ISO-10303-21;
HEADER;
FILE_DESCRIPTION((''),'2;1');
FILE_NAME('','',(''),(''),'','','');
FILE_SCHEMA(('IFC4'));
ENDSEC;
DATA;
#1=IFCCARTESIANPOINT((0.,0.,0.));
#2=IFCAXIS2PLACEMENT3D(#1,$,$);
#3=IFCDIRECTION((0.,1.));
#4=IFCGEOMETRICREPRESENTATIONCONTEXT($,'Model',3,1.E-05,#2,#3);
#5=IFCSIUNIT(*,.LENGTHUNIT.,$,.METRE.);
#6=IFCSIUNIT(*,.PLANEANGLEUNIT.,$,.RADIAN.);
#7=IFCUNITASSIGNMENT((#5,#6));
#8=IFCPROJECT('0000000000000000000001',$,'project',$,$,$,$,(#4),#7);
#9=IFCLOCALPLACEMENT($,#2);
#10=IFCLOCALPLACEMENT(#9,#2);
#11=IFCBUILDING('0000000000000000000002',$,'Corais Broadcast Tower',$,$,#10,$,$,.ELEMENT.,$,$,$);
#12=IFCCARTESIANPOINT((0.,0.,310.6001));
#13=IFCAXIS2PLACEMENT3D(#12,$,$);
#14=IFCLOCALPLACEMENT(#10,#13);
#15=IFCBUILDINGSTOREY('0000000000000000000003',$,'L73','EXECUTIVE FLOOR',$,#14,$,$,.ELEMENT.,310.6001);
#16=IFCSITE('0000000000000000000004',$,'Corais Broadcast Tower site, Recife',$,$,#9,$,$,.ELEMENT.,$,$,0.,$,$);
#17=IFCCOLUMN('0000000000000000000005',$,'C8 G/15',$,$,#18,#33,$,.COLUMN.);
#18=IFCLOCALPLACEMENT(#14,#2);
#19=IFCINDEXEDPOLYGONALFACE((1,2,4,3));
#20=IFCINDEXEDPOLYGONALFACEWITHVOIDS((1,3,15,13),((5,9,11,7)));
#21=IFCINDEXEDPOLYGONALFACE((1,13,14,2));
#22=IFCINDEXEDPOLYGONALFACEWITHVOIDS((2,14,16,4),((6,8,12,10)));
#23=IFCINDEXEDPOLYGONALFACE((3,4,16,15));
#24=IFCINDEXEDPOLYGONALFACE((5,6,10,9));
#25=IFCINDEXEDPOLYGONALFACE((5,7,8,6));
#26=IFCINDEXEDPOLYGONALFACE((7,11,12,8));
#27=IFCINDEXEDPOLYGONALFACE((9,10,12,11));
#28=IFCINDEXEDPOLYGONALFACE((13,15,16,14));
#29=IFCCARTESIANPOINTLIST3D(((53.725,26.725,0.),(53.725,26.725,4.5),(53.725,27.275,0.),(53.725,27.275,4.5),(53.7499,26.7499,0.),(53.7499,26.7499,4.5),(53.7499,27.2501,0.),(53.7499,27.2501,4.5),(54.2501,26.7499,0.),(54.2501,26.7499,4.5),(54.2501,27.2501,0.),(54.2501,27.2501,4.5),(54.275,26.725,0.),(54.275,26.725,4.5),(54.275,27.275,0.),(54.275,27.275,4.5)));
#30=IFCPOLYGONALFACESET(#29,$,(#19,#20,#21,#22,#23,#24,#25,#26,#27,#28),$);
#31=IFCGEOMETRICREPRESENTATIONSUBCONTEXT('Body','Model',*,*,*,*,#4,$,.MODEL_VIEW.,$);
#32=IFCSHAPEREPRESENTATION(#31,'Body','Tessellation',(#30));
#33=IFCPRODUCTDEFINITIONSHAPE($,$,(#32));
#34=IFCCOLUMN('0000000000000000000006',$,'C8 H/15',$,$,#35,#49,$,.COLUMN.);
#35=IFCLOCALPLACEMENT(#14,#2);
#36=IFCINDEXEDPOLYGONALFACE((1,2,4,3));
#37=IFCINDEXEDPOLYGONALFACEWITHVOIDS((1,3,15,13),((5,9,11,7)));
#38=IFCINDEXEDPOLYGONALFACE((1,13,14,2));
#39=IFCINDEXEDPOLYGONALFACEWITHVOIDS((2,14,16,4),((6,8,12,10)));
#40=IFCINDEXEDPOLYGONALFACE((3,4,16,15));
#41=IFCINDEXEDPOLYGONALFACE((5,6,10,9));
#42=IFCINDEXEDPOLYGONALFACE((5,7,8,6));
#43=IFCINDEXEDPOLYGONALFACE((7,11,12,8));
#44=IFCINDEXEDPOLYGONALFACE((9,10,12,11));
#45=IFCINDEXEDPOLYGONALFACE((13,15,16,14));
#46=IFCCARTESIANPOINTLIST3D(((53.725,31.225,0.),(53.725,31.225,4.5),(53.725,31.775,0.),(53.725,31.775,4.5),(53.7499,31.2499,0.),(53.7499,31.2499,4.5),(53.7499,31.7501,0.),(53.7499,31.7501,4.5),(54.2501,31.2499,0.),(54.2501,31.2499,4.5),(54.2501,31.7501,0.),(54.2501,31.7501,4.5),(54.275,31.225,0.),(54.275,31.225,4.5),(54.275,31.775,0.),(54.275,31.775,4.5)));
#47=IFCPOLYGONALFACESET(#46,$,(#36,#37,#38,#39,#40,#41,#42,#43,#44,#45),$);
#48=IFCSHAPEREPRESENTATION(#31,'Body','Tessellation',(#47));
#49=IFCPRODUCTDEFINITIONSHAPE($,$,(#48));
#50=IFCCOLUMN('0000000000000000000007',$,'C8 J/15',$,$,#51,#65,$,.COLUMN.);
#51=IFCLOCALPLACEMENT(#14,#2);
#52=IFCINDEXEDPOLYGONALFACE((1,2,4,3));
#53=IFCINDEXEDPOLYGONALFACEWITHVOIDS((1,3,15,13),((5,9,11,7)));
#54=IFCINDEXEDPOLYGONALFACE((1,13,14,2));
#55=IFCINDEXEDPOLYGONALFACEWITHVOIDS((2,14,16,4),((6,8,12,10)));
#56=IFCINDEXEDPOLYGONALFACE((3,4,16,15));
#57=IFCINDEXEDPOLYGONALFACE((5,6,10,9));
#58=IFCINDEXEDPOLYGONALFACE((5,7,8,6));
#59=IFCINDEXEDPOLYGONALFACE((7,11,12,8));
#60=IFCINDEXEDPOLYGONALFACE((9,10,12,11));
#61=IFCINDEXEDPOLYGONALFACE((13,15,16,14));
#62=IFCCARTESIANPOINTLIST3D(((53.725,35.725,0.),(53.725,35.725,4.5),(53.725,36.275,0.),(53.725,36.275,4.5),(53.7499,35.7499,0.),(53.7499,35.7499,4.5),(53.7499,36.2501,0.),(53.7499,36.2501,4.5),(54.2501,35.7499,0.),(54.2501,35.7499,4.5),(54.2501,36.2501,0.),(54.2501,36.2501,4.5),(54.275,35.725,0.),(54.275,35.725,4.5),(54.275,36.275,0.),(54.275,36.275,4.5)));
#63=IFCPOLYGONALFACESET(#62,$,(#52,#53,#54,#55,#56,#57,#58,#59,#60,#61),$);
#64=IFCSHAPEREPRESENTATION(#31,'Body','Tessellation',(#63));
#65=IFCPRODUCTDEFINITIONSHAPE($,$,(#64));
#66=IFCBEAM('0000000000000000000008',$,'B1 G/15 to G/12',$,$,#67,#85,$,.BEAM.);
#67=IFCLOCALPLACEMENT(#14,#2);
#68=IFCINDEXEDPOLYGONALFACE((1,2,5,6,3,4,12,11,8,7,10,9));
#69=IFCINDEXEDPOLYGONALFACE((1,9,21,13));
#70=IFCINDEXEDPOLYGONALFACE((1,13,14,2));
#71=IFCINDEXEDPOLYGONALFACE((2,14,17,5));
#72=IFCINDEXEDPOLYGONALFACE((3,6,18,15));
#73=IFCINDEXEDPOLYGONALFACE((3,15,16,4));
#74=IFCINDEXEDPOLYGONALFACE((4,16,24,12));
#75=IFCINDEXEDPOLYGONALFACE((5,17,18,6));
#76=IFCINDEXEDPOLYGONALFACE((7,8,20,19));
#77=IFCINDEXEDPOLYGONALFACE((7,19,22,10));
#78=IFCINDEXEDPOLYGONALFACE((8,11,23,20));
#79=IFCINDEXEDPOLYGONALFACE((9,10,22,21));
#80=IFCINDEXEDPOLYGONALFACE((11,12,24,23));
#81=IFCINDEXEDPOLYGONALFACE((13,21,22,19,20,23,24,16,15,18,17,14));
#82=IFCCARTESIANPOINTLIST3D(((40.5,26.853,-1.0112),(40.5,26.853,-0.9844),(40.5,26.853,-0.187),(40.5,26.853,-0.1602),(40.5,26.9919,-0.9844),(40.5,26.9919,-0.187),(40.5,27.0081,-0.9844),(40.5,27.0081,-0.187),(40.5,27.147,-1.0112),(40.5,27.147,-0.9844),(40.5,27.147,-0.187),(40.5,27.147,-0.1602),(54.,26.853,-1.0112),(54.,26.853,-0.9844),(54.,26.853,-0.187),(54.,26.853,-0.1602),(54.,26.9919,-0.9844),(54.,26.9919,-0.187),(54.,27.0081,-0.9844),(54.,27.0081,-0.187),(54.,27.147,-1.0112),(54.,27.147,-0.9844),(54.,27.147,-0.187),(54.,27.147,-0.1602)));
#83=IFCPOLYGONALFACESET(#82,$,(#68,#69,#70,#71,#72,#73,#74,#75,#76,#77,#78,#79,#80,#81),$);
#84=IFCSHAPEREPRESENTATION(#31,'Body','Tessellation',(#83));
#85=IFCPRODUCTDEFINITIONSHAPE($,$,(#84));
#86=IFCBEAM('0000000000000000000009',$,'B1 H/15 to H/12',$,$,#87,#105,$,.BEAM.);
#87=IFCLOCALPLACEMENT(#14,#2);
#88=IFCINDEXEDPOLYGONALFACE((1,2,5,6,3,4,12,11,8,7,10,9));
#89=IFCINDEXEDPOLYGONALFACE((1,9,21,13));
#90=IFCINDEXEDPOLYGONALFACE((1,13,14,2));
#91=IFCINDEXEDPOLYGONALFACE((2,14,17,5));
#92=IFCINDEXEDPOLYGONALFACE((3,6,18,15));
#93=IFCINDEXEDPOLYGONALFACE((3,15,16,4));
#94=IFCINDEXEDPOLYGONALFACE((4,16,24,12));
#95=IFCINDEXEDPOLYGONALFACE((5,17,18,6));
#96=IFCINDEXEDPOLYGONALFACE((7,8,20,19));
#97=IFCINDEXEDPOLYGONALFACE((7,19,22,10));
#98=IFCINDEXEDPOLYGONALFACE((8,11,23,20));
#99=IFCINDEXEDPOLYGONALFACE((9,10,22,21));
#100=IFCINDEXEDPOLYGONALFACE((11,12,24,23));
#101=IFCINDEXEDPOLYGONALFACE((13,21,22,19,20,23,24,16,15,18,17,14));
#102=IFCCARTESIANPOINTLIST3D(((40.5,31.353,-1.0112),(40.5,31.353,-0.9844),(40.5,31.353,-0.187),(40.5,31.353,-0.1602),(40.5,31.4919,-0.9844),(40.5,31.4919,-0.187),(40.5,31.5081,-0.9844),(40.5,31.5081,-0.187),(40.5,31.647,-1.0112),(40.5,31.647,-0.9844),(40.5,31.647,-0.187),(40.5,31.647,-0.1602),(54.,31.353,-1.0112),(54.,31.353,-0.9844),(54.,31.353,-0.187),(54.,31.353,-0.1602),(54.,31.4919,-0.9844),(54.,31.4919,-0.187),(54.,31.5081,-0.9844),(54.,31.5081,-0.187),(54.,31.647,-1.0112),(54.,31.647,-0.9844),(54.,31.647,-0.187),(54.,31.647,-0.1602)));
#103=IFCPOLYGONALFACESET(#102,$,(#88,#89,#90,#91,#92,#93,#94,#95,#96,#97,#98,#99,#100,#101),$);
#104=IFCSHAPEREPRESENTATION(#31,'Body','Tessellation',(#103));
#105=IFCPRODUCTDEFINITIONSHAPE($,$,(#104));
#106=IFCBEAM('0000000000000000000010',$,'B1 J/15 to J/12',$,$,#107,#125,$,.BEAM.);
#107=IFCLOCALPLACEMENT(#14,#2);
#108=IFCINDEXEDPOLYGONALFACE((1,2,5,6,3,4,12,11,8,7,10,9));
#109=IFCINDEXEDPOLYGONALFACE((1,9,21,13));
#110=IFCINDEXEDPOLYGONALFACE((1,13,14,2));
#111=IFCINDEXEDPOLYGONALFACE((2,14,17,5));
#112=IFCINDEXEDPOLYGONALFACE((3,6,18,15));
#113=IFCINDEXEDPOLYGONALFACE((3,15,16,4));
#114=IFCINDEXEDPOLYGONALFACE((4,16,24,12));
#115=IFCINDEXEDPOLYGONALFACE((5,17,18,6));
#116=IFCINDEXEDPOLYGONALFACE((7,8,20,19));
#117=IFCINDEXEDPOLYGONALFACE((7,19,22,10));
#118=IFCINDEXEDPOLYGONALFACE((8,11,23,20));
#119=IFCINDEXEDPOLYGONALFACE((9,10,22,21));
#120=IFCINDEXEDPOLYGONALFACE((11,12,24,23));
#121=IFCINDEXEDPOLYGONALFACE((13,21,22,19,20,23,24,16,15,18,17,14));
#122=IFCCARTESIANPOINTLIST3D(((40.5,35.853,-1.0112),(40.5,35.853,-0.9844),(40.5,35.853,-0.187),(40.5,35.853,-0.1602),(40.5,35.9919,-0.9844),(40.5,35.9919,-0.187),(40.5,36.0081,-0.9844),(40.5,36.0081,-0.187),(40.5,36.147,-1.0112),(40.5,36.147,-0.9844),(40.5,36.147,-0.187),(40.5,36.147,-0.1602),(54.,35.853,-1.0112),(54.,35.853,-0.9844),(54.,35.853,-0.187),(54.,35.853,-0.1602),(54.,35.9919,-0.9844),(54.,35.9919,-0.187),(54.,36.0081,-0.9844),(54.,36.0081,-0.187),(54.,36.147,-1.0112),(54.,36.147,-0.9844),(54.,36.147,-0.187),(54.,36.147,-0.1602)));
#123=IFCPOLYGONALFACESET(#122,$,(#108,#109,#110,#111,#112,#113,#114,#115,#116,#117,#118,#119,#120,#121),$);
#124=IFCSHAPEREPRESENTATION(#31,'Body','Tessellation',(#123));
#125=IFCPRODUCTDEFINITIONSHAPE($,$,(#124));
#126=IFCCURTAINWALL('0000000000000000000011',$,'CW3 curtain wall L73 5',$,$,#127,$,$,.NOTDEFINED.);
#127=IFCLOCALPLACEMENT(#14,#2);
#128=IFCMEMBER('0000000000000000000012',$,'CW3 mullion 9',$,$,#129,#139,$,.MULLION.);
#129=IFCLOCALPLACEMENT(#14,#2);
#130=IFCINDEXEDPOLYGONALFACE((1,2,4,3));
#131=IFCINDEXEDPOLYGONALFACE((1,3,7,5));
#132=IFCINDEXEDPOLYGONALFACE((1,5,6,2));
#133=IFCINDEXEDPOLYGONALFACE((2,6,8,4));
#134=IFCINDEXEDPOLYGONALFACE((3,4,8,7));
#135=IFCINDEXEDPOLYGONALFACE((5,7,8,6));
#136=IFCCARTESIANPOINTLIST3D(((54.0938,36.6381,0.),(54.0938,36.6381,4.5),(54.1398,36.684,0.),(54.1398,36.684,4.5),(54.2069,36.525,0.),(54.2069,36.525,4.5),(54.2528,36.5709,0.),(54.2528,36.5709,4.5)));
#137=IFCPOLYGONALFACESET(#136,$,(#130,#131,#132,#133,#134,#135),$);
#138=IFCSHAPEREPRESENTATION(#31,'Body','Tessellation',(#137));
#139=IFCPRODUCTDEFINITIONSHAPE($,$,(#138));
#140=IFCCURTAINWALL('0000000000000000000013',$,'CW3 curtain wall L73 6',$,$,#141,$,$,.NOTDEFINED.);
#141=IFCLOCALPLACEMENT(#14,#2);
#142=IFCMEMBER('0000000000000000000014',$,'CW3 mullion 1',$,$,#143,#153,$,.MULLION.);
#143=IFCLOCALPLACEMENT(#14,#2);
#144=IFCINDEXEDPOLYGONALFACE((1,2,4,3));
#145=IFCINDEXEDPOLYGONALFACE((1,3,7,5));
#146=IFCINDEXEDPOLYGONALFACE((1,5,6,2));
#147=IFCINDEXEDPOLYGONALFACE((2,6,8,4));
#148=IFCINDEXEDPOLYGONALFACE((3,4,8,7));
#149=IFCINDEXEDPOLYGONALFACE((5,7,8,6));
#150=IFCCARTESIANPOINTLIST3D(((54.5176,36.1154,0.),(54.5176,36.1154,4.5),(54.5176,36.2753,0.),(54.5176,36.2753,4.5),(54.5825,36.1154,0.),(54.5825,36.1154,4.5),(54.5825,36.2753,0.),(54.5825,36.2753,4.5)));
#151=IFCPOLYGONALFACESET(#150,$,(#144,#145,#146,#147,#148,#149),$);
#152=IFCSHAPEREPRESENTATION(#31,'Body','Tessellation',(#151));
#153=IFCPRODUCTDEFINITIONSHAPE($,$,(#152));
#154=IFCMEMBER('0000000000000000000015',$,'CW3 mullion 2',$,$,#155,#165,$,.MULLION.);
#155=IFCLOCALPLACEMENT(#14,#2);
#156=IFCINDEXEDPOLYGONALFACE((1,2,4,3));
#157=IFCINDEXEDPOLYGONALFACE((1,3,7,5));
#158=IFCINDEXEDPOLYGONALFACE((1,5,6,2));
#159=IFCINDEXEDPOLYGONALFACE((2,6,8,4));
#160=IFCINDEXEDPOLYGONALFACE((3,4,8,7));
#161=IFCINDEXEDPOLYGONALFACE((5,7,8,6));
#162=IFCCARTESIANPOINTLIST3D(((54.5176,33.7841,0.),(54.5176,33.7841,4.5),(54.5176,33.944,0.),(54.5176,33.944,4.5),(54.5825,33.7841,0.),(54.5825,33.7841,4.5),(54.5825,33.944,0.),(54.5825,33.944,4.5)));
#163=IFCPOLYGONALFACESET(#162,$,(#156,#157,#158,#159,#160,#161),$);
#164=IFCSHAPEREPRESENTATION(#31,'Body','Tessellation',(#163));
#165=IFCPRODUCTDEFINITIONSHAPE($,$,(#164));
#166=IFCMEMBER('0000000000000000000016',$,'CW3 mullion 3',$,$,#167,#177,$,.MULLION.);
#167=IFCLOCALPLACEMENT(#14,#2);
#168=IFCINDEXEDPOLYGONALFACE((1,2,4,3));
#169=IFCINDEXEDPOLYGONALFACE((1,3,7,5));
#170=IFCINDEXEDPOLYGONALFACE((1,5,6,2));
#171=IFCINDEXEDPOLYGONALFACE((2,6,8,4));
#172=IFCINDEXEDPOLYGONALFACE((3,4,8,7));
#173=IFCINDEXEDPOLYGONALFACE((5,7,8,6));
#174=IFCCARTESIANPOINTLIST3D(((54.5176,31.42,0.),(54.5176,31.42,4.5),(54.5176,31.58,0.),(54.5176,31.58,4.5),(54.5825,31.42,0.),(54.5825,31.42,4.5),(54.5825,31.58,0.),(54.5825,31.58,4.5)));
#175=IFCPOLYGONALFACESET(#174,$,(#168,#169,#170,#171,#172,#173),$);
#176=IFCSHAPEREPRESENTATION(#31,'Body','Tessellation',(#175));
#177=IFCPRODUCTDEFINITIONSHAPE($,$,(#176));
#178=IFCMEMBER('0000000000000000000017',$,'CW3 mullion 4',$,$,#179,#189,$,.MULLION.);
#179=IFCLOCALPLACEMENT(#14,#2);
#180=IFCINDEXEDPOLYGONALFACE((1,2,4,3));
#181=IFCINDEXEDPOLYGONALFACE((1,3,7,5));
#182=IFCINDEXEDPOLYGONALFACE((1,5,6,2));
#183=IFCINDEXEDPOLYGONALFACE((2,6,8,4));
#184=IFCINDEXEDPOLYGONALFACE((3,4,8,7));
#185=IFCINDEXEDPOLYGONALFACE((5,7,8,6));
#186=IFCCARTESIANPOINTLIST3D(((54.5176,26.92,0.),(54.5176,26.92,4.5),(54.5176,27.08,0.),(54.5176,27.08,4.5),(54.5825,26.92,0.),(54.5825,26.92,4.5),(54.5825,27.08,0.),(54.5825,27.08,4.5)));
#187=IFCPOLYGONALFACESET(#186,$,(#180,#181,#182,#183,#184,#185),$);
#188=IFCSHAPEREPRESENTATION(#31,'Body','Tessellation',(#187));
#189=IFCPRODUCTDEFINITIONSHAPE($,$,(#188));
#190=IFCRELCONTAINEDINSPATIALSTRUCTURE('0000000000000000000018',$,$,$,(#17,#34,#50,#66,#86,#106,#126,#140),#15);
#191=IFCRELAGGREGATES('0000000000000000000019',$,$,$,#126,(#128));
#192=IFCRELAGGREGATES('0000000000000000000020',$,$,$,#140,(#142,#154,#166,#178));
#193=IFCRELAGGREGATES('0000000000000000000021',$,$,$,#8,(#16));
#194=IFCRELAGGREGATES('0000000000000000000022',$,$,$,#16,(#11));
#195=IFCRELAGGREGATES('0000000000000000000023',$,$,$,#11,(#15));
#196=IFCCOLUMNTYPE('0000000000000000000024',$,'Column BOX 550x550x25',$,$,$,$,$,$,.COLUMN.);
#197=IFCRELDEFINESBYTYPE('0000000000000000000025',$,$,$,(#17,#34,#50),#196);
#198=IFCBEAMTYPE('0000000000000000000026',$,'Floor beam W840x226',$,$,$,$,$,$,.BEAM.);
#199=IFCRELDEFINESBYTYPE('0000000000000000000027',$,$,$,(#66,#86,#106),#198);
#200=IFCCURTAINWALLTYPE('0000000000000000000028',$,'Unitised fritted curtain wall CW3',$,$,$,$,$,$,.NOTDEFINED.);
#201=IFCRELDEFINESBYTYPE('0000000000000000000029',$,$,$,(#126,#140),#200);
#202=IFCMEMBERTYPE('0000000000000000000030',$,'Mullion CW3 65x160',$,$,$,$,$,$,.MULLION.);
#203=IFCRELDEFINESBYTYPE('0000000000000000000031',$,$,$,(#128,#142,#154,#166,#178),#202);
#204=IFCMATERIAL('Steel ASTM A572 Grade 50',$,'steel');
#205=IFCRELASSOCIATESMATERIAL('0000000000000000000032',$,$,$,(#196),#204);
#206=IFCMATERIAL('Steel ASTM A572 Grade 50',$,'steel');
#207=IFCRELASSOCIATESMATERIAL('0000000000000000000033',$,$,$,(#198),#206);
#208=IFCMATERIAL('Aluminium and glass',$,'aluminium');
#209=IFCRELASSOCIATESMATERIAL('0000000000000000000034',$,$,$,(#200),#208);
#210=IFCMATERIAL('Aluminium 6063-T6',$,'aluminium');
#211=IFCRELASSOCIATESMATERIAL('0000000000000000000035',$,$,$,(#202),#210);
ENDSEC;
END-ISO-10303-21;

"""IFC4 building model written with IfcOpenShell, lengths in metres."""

from ifc_helpers import new_model, si_unit, direction, frame, origin, origin_2d, place, context, subcontext, project, spatial, rectangle, hollow_rectangle, i_section, extrude, material, material_profile, profile_set, type_object, element, aggregate, save


model = new_model("IFC4")

# Units and contexts
model_context = context("Model", 3, precision=1e-05, world=origin(), true_north=direction((0.0, 1.0)))
body_context = subcontext(model_context, "Body", "Model", "MODEL_VIEW")
ifc_project = project(units=[si_unit("LENGTHUNIT", "METRE"), si_unit("PLANEANGLEUNIT", "RADIAN")], contexts=[model_context])

# Site, building, storey
site_placement = place(None, origin())
site = spatial("IfcSite", under=ifc_project, at=site_placement, Name="Corais Broadcast Tower site, Recife", CompositionType="ELEMENT", RefElevation=0.0)
building_placement = place(site_placement, origin())
building = spatial("IfcBuilding", under=site, at=building_placement, Name="Corais Broadcast Tower", CompositionType="ELEMENT")
storey_placement = place(building_placement, frame((0.0, 0.0, 310.6001)))
storey = spatial("IfcBuildingStorey", under=building, at=storey_placement, Name="L73", Description="EXECUTIVE FLOOR", CompositionType="ELEMENT", Elevation=310.6001)

# Columns
ifc_material_1 = material(Name="Steel ASTM A572 Grade 50", Category="steel")
ifc_material_profile_1 = material_profile(ifc_material_1, hollow_rectangle(XDim=0.55, YDim=0.55, WallThickness=0.0249, at=origin_2d()), Name="BOX 550x550x25")
ifc_profile_set_1 = profile_set([ifc_material_profile_1], Name="Steel ASTM A572 Grade 50")
column_type = type_object("IfcColumnType", Name="Column BOX 550x550x25", PredefinedType="COLUMN", material=ifc_profile_set_1)
for number, where, z_axis, x_axis, name in (
    (1, (54.0, 27.0, 0.0), (0.0, 0.0, 1.0), (1.0, 0.0, 0.0), "C8 G/15"),
    (2, (54.0, 31.5, 0.0), (0.0, 0.0, 1.0), (1.0, 0.0, 0.0), "C8 H/15"),
    (3, (54.0, 36.0, 0.0), (0.0, 0.0, 1.0), (1.0, 0.0, 0.0), "C8 J/15"),
):
    element("IfcColumn", number, at=place(storey_placement, frame(where, z_axis=z_axis, x_axis=x_axis)), inside=storey, type_object=column_type, Name=name, PredefinedType="COLUMN", context=body_context, shape_type="SweptSolid", body=[
        extrude(hollow_rectangle(XDim=0.55, YDim=0.55, WallThickness=0.0249, at=origin_2d()), origin(), (0.0, 0.0, 1.0), 4.5),
    ])

# Beams
ifc_material_2 = material(Name="Steel ASTM A572 Grade 50", Category="steel")
ifc_material_profile_2 = material_profile(ifc_material_2, i_section(OverallWidth=0.2939, OverallDepth=0.8511, WebThickness=0.0161, FlangeThickness=0.0269, at=origin_2d()), Name="W840x226")
ifc_profile_set_2 = profile_set([ifc_material_profile_2], Name="Steel ASTM A572 Grade 50")
beam_type_1 = type_object("IfcBeamType", Name="Floor beam W840x226", PredefinedType="BEAM", material=ifc_profile_set_2)
for number, where, z_axis, x_axis, name in (
    (4, (54.0, 27.0, -0.5857), (-1.0, 0.0, 0.0), (0.0, -1.0, 0.0), "B1 G/15 to G/12"),
    (5, (54.0, 31.5, -0.5857), (-1.0, 0.0, 0.0), (0.0, -1.0, 0.0), "B1 H/15 to H/12"),
    (6, (54.0, 36.0, -0.5857), (-1.0, 0.0, 0.0), (0.0, -1.0, 0.0), "B1 J/15 to J/12"),
):
    element("IfcBeam", number, at=place(storey_placement, frame(where, z_axis=z_axis, x_axis=x_axis)), inside=storey, type_object=beam_type_1, Name=name, PredefinedType="BEAM", context=body_context, shape_type="SweptSolid", body=[
        extrude(i_section(OverallWidth=0.2939, OverallDepth=0.8511, WebThickness=0.0161, FlangeThickness=0.0269, at=origin_2d()), origin(), (0.0, 0.0, 1.0), 13.5),
    ])

# Curtain wall, member
ifc_material_3 = material(Name="Aluminium and glass", Category="aluminium")
curtain_wall_type = type_object("IfcCurtainWallType", Name="Unitised fritted curtain wall CW3", PredefinedType="NOTDEFINED", material=ifc_material_3)
curtain_wall_1_placement = place(storey_placement, origin())
curtain_wall_1 = element("IfcCurtainWall", 7, at=curtain_wall_1_placement, inside=storey, type_object=curtain_wall_type, Name="CW3 curtain wall L73 5", PredefinedType="NOTDEFINED")
ifc_material_4 = material(Name="Aluminium 6063-T6", Category="aluminium")
ifc_material_profile_3 = material_profile(ifc_material_4, rectangle(XDim=0.0649, YDim=0.1599, at=origin_2d()), Name="Mullion CW3 65x160")
ifc_profile_set_3 = profile_set([ifc_material_profile_3], Name="Aluminium 6063-T6")
member_type_1 = type_object("IfcMemberType", Name="Mullion CW3 65x160", PredefinedType="MULLION", material=ifc_profile_set_3)
member_1_placement = place(storey_placement, frame((54.1733, 36.6045, 0.0), z_axis=(0.0, 0.0, 1.0), x_axis=(0.707107, 0.707107, 0.0)))
member_1 = element("IfcMember", 8, at=member_1_placement, type_object=member_type_1, Name="CW3 mullion 9", PredefinedType="MULLION", context=body_context, shape_type="SweptSolid", body=[
    extrude(rectangle(XDim=0.0649, YDim=0.1599, at=origin_2d()), origin(), (0.0, 0.0, 1.0), 4.5),
])

# Curtain wall, members
curtain_wall_2_placement = place(storey_placement, origin())
curtain_wall_2 = element("IfcCurtainWall", 9, at=curtain_wall_2_placement, inside=storey, type_object=curtain_wall_type, Name="CW3 curtain wall L73 6", PredefinedType="NOTDEFINED")
member_2_placement = place(storey_placement, frame((54.55, 36.1953, 0.0), z_axis=(0.0, 0.0, 1.0), x_axis=(1.0, 0.0, 0.0)))
member_2 = element("IfcMember", 10, at=member_2_placement, type_object=member_type_1, Name="CW3 mullion 1", PredefinedType="MULLION", context=body_context, shape_type="SweptSolid", body=[
    extrude(rectangle(XDim=0.0649, YDim=0.1599, at=origin_2d()), origin(), (0.0, 0.0, 1.0), 4.5),
])
member_3_placement = place(storey_placement, frame((54.55, 33.864, 0.0), z_axis=(0.0, 0.0, 1.0), x_axis=(1.0, 0.0, 0.0)))
member_3 = element("IfcMember", 11, at=member_3_placement, type_object=member_type_1, Name="CW3 mullion 2", PredefinedType="MULLION", context=body_context, shape_type="SweptSolid", body=[
    extrude(rectangle(XDim=0.0649, YDim=0.1599, at=origin_2d()), origin(), (0.0, 0.0, 1.0), 4.5),
])
member_4_placement = place(storey_placement, frame((54.55, 31.5, 0.0), z_axis=(0.0, 0.0, 1.0), x_axis=(1.0, 0.0, 0.0)))
member_4 = element("IfcMember", 12, at=member_4_placement, type_object=member_type_1, Name="CW3 mullion 3", PredefinedType="MULLION", context=body_context, shape_type="SweptSolid", body=[
    extrude(rectangle(XDim=0.0649, YDim=0.1599, at=origin_2d()), origin(), (0.0, 0.0, 1.0), 4.5),
])
member_5_placement = place(storey_placement, frame((54.55, 27.0, 0.0), z_axis=(0.0, 0.0, 1.0), x_axis=(1.0, 0.0, 0.0)))
member_5 = element("IfcMember", 13, at=member_5_placement, type_object=member_type_1, Name="CW3 mullion 4", PredefinedType="MULLION", context=body_context, shape_type="SweptSolid", body=[
    extrude(rectangle(XDim=0.0649, YDim=0.1599, at=origin_2d()), origin(), (0.0, 0.0, 1.0), 4.5),
])

aggregate(curtain_wall_1, [member_1])
aggregate(curtain_wall_2, [member_2, member_3, member_4, member_5])

save(model, "model.ifc")
